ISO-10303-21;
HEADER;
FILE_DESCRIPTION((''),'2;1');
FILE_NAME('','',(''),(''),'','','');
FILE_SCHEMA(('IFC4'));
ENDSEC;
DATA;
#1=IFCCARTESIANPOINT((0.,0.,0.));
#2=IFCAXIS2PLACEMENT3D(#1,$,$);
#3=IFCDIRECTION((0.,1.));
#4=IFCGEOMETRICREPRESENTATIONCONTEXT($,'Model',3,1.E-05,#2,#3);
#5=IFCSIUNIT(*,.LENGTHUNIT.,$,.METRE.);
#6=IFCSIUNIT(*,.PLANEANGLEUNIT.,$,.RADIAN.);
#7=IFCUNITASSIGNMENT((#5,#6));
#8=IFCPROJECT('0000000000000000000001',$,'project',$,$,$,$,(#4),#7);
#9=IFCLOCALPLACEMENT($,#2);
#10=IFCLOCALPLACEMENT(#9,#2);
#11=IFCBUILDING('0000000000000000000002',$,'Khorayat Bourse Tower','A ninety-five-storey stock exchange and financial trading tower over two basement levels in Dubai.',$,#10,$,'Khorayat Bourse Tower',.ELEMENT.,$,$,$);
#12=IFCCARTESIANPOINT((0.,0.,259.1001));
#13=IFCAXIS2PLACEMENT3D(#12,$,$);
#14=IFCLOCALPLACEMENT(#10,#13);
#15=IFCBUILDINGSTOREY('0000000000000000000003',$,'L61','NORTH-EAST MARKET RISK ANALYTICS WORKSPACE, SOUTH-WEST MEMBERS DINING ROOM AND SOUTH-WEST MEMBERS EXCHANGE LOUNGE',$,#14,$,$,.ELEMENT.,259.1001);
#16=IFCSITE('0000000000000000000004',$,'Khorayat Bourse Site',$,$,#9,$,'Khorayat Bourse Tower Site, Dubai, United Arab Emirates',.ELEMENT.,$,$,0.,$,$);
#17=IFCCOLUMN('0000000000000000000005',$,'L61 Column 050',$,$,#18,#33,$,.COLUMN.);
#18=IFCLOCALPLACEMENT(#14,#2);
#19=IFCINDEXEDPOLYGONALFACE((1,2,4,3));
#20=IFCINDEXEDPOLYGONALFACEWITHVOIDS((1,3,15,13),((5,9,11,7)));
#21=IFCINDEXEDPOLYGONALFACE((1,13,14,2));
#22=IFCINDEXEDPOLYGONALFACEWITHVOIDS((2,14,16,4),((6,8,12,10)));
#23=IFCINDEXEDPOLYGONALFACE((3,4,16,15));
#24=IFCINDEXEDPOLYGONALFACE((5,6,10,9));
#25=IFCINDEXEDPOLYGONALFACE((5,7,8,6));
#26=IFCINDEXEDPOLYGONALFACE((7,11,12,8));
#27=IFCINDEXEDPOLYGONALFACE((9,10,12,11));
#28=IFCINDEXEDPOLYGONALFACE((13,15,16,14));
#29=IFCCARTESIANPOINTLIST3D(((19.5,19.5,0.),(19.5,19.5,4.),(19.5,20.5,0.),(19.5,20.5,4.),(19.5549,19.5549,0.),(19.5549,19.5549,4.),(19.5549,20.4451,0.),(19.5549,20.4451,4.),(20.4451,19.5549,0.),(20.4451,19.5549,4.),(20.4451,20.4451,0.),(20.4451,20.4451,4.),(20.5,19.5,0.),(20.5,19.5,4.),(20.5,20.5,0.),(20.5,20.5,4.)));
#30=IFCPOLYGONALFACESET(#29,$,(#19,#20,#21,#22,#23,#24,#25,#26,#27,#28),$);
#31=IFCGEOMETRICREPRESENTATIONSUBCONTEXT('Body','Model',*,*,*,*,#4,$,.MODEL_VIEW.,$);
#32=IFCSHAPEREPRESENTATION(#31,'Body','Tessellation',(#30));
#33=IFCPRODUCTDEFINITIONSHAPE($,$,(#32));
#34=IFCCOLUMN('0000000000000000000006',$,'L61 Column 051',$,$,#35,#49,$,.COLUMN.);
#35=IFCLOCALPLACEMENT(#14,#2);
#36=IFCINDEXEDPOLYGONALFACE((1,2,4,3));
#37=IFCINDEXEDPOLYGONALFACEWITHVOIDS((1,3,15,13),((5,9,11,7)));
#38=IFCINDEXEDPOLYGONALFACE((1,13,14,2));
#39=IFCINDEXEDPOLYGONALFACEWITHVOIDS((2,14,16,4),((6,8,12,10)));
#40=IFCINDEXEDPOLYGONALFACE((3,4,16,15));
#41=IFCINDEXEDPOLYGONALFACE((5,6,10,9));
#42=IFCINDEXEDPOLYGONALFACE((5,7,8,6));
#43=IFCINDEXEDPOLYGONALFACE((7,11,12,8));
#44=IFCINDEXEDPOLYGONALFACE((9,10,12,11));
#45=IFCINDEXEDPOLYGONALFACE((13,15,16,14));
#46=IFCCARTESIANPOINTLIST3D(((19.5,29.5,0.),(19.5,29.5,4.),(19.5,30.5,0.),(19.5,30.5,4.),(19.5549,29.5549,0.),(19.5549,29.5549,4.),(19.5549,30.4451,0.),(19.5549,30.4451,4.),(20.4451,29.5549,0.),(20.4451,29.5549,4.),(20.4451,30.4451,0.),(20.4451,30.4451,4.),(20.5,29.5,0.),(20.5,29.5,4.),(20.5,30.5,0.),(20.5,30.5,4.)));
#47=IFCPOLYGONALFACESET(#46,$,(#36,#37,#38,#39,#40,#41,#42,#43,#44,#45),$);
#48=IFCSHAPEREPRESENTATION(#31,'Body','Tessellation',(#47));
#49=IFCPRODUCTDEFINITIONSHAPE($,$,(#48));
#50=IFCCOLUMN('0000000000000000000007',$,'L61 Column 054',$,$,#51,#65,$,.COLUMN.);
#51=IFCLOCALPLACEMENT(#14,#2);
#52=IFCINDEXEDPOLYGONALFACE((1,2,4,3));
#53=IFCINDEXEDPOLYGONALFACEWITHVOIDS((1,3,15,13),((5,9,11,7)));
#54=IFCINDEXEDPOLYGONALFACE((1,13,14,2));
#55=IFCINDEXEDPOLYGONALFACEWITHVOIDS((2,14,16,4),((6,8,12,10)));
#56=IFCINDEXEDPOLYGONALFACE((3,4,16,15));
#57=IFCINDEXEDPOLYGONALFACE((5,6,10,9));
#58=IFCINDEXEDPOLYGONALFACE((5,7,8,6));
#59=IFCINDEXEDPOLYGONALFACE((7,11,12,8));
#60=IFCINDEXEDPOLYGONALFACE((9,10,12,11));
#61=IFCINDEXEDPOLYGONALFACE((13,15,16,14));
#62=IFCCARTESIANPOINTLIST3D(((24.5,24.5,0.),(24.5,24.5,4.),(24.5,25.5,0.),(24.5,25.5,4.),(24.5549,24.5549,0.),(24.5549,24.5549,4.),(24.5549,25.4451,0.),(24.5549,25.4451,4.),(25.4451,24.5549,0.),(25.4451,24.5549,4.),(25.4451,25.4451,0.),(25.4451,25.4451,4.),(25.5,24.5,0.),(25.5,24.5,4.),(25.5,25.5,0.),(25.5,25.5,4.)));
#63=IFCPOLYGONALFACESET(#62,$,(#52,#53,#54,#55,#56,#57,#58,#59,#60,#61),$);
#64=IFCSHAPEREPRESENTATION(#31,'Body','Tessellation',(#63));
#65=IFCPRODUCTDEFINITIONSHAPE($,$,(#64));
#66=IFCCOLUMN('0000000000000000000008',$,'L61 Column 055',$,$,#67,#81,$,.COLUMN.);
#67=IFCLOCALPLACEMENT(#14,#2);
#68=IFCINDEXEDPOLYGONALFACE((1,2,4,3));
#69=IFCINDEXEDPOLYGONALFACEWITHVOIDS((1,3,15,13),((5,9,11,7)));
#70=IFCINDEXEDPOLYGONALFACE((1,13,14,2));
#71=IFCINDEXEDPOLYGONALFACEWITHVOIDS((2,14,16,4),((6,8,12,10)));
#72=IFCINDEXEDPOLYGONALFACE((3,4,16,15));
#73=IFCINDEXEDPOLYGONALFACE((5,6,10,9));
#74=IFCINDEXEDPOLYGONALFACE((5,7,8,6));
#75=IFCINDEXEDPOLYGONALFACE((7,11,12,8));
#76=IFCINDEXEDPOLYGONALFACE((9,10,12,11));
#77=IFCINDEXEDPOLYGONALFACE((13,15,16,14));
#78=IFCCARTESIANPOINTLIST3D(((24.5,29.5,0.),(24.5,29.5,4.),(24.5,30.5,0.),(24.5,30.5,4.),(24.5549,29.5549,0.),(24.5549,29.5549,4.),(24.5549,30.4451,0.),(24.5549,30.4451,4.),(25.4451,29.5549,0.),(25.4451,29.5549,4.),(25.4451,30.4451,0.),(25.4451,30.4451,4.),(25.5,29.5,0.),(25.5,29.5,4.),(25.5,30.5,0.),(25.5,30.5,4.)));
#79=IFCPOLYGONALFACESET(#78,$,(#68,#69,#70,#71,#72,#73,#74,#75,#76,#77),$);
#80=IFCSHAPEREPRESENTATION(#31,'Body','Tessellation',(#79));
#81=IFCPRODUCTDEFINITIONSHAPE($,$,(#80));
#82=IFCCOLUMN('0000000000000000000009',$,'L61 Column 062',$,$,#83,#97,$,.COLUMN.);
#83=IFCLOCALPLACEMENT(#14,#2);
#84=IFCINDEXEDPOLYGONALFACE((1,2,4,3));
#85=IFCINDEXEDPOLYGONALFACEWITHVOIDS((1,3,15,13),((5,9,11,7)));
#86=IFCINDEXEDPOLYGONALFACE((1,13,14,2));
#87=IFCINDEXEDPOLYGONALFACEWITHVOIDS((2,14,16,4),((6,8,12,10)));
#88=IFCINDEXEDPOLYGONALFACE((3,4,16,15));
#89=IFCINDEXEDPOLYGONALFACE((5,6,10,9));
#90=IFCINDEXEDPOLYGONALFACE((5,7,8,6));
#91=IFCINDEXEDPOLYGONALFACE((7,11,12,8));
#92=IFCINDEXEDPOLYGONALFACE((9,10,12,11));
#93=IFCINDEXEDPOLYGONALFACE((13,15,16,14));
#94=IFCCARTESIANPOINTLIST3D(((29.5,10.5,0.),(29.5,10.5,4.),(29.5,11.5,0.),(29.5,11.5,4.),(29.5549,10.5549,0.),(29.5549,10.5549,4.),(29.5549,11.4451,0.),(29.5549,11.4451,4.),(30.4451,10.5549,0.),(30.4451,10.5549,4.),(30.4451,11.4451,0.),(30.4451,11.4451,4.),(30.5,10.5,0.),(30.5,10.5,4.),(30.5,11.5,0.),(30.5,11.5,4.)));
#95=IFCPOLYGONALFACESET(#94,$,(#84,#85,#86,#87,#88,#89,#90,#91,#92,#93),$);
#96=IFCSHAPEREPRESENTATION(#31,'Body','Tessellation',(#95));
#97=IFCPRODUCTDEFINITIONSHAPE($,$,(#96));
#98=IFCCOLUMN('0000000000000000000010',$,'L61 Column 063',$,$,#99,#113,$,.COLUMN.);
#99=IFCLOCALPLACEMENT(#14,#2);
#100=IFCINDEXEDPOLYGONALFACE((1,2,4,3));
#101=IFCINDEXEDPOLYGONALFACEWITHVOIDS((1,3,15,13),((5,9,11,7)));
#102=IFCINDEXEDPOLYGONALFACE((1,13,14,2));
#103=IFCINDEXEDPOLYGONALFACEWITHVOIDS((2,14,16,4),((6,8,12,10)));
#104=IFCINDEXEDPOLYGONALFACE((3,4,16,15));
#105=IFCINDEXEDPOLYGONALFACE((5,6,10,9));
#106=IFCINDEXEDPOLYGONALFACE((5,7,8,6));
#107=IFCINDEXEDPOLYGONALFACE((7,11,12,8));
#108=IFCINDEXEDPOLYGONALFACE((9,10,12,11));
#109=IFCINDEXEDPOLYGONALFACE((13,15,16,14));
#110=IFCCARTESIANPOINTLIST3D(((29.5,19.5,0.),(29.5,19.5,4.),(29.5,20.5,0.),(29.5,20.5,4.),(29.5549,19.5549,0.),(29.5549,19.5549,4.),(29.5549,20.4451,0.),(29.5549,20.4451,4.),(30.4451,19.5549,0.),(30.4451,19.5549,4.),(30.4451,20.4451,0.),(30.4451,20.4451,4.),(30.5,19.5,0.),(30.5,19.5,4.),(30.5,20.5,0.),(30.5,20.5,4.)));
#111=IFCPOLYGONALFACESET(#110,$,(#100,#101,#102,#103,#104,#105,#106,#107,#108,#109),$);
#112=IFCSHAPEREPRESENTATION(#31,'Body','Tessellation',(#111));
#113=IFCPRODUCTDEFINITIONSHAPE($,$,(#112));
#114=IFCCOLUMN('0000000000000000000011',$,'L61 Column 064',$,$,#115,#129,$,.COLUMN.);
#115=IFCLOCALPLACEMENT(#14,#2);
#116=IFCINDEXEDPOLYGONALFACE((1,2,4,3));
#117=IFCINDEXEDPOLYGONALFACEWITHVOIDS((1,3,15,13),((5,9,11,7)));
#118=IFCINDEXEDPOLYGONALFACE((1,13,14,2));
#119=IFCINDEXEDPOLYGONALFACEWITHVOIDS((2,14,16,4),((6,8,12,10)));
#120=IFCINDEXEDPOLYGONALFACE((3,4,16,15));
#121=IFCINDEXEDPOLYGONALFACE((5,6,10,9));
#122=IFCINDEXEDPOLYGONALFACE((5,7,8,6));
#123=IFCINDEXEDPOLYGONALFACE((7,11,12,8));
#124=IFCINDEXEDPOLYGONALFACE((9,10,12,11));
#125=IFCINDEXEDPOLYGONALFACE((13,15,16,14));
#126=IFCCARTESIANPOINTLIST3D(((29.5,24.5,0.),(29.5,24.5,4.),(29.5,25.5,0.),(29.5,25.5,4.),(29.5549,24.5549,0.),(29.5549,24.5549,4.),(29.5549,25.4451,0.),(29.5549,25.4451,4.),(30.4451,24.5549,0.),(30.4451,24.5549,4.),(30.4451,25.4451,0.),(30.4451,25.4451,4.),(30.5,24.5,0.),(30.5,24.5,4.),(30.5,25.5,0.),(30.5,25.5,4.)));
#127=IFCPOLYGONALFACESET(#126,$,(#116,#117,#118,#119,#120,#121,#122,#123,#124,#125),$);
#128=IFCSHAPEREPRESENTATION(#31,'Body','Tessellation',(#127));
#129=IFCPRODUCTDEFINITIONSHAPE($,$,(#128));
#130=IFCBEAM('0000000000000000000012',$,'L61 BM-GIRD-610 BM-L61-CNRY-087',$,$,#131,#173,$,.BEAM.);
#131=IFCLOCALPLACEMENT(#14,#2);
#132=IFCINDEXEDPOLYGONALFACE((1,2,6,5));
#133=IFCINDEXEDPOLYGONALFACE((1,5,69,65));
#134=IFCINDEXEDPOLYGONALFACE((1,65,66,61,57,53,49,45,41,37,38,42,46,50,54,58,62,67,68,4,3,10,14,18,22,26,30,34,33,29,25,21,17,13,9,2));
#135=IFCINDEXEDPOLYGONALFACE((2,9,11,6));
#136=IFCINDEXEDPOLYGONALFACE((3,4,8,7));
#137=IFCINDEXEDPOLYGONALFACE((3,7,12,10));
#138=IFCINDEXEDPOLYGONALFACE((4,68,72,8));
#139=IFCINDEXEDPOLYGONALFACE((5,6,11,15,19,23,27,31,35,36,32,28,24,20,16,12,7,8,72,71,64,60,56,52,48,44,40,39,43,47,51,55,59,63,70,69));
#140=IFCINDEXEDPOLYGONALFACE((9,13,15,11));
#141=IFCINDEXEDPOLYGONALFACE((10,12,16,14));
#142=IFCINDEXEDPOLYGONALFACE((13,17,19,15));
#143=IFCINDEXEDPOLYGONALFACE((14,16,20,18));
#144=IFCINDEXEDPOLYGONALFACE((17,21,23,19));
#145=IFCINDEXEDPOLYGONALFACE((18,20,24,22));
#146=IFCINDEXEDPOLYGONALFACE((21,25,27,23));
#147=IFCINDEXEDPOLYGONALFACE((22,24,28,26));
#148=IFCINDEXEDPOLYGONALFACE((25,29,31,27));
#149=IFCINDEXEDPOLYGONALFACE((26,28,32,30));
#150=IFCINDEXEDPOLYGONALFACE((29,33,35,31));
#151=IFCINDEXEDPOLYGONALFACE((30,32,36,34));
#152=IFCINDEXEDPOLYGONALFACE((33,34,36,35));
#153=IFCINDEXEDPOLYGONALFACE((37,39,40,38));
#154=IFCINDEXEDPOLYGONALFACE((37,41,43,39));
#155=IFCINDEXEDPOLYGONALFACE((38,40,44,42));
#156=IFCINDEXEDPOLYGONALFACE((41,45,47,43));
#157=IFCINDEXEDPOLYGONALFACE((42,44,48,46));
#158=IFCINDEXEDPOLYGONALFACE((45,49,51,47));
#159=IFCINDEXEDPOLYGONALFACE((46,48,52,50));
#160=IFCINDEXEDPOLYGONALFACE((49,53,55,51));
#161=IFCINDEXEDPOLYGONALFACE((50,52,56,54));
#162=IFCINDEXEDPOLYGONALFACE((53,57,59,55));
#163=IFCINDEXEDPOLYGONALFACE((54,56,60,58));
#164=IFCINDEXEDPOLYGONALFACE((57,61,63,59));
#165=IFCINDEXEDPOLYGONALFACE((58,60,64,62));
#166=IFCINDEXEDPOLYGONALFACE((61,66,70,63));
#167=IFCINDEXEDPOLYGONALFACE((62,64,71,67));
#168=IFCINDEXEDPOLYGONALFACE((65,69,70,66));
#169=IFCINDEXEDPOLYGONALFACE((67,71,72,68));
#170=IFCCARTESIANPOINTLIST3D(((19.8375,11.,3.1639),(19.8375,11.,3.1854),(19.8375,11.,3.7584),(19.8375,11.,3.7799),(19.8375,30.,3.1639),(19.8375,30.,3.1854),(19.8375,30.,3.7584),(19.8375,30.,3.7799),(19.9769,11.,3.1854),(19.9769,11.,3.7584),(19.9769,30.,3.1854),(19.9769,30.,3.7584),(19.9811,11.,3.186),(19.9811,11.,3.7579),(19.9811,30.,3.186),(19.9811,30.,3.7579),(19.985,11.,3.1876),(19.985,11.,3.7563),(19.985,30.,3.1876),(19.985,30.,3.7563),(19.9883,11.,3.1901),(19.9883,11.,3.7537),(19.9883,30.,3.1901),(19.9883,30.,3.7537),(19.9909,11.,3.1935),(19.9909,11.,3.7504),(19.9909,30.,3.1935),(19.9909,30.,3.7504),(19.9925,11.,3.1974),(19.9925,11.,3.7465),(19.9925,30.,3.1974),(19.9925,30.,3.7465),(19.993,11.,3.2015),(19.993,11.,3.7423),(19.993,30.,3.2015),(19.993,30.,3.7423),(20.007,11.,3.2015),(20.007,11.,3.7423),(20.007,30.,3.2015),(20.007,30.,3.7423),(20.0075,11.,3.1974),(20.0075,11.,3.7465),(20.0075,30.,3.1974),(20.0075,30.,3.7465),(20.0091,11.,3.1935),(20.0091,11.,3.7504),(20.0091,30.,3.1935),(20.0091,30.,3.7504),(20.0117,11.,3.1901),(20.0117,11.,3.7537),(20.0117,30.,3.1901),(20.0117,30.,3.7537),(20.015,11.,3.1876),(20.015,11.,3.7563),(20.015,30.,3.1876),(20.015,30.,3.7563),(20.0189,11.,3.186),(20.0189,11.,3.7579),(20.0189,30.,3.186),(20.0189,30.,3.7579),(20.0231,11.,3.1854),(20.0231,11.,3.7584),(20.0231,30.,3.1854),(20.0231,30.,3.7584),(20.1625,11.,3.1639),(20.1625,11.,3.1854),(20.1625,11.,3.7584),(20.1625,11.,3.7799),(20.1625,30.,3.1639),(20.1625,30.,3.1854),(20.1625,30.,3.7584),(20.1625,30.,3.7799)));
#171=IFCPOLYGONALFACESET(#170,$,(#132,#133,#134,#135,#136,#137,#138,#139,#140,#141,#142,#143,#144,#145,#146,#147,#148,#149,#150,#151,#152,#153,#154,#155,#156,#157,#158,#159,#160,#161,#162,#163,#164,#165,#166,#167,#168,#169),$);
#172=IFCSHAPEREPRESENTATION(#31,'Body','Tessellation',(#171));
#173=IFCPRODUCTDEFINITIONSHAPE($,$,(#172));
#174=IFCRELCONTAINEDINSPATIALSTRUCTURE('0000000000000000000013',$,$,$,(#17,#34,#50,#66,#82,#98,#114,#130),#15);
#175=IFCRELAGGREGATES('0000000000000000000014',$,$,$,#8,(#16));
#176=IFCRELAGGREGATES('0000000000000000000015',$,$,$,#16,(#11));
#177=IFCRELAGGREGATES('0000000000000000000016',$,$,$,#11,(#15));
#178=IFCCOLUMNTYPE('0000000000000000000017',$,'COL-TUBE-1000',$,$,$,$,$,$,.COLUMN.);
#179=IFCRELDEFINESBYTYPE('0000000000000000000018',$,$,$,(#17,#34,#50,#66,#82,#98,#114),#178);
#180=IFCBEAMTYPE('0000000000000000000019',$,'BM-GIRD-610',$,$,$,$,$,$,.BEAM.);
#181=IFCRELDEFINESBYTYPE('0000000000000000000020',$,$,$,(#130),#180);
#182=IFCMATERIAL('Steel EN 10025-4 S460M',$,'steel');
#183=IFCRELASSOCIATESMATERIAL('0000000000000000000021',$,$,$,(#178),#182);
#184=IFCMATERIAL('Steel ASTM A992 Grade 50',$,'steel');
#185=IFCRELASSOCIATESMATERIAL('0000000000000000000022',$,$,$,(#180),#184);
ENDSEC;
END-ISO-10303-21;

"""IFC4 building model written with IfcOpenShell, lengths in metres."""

from ifc_helpers import new_model, si_unit, direction, frame, origin, origin_2d, place, context, subcontext, project, spatial, hollow_rectangle, i_section, extrude, source, transform, mapped, material, material_profile, profile_set, type_object, element, save


model = new_model("IFC4")

# Units and contexts
model_context = context("Model", 3, precision=1e-05, world=origin(), true_north=direction((0.0, 1.0)))
body_context = subcontext(model_context, "Body", "Model", "MODEL_VIEW")
ifc_project = project(units=[si_unit("LENGTHUNIT", "METRE"), si_unit("PLANEANGLEUNIT", "RADIAN")], contexts=[model_context])

# Site, building, storey
site_placement = place(None, origin())
site = spatial("IfcSite", under=ifc_project, at=site_placement, Name="Khorayat Bourse Site", LongName="Khorayat Bourse Tower Site, Dubai, United Arab Emirates", CompositionType="ELEMENT", RefElevation=0.0)
building_placement = place(site_placement, origin())
building = spatial("IfcBuilding", under=site, at=building_placement, Name="Khorayat Bourse Tower", Description="A ninety-five-storey stock exchange and financial trading tower over two basement levels in Dubai.", LongName="Khorayat Bourse Tower", CompositionType="ELEMENT")
storey_placement = place(building_placement, frame((0.0, 0.0, 259.1001)))
storey = spatial("IfcBuildingStorey", under=building, at=storey_placement, Name="L61", Description="NORTH-EAST MARKET RISK ANALYTICS WORKSPACE, SOUTH-WEST MEMBERS DINING ROOM AND SOUTH-WEST MEMBERS EXCHANGE LOUNGE", CompositionType="ELEMENT", Elevation=259.1001)

# Columns
ifc_material_1 = material(Name="Steel EN 10025-4 S460M", Category="steel")
ifc_material_profile_1 = material_profile(ifc_material_1, hollow_rectangle(XDim=1.0, YDim=1.0, WallThickness=0.0549, at=origin_2d()), Name="BOX 1000x1000x55")
ifc_profile_set_1 = profile_set([ifc_material_profile_1], Name="Steel EN 10025-4 S460M")
column_type = type_object("IfcColumnType", Name="COL-TUBE-1000", PredefinedType="COLUMN", material=ifc_profile_set_1)
shared_shape_1 = source(origin(), body_context, "Body", "SweptSolid", [
    extrude(hollow_rectangle(XDim=1.0, YDim=1.0, WallThickness=0.0549, at=origin_2d()), origin(), (0.0, 0.0, 1.0), 4.0),
])
for number, where, z_axis, x_axis, name in (
    (1, (20.0, 20.0, 0.0), (0.0, 0.0, 1.0), (1.0, 0.0, 0.0), "L61 Column 050"),
    (2, (20.0, 30.0, 0.0), (0.0, 0.0, 1.0), (1.0, 0.0, 0.0), "L61 Column 051"),
    (3, (25.0, 25.0, 0.0), (0.0, 0.0, 1.0), (1.0, 0.0, 0.0), "L61 Column 054"),
    (4, (25.0, 30.0, 0.0), (0.0, 0.0, 1.0), (1.0, 0.0, 0.0), "L61 Column 055"),
    (5, (30.0, 11.0, 0.0), (0.0, 0.0, 1.0), (1.0, 0.0, 0.0), "L61 Column 062"),
    (6, (30.0, 20.0, 0.0), (0.0, 0.0, 1.0), (1.0, 0.0, 0.0), "L61 Column 063"),
    (7, (30.0, 25.0, 0.0), (0.0, 0.0, 1.0), (1.0, 0.0, 0.0), "L61 Column 064"),
):
    element("IfcColumn", number, at=place(storey_placement, frame(where, z_axis=z_axis, x_axis=x_axis)), inside=storey, type_object=column_type, Name=name, PredefinedType="COLUMN", context=body_context, shape_type="MappedRepresentation", body=[
        mapped(shared_shape_1, transform((0.0, 0.0, 0.0), scale=1.0)),
    ])

# Beam
ifc_material_2 = material(Name="Steel ASTM A992 Grade 50", Category="steel")
ifc_material_profile_2 = material_profile(ifc_material_2, i_section(OverallWidth=0.325, OverallDepth=0.616, WebThickness=0.0139, FlangeThickness=0.0215, FilletRadius=0.0161, at=origin_2d()), Name="W610X174")
ifc_profile_set_2 = profile_set([ifc_material_profile_2], Name="Steel ASTM A992 Grade 50")
beam_type_1 = type_object("IfcBeamType", Name="BM-GIRD-610", PredefinedType="BEAM", material=ifc_profile_set_2)
shared_shape_2 = source(origin(), body_context, "Body", "SweptSolid", [
    extrude(i_section(OverallWidth=0.325, OverallDepth=0.616, WebThickness=0.0139, FlangeThickness=0.0215, FilletRadius=0.0161, at=origin_2d()), origin(), (0.0, 0.0, 1.0), 19.0),
])
beam_1_placement = place(storey_placement, frame((20.0, 11.0, 3.4719), z_axis=(0.0, 1.0, 0.0), x_axis=(-1.0, 0.0, 0.0)))
element("IfcBeam", 8, at=beam_1_placement, inside=storey, type_object=beam_type_1, Name="L61 BM-GIRD-610 BM-L61-CNRY-087", PredefinedType="BEAM", context=body_context, shape_type="MappedRepresentation", body=[
    mapped(shared_shape_2, transform((0.0, 0.0, 0.0), scale=1.0)),
])

save(model, "model.ifc")
